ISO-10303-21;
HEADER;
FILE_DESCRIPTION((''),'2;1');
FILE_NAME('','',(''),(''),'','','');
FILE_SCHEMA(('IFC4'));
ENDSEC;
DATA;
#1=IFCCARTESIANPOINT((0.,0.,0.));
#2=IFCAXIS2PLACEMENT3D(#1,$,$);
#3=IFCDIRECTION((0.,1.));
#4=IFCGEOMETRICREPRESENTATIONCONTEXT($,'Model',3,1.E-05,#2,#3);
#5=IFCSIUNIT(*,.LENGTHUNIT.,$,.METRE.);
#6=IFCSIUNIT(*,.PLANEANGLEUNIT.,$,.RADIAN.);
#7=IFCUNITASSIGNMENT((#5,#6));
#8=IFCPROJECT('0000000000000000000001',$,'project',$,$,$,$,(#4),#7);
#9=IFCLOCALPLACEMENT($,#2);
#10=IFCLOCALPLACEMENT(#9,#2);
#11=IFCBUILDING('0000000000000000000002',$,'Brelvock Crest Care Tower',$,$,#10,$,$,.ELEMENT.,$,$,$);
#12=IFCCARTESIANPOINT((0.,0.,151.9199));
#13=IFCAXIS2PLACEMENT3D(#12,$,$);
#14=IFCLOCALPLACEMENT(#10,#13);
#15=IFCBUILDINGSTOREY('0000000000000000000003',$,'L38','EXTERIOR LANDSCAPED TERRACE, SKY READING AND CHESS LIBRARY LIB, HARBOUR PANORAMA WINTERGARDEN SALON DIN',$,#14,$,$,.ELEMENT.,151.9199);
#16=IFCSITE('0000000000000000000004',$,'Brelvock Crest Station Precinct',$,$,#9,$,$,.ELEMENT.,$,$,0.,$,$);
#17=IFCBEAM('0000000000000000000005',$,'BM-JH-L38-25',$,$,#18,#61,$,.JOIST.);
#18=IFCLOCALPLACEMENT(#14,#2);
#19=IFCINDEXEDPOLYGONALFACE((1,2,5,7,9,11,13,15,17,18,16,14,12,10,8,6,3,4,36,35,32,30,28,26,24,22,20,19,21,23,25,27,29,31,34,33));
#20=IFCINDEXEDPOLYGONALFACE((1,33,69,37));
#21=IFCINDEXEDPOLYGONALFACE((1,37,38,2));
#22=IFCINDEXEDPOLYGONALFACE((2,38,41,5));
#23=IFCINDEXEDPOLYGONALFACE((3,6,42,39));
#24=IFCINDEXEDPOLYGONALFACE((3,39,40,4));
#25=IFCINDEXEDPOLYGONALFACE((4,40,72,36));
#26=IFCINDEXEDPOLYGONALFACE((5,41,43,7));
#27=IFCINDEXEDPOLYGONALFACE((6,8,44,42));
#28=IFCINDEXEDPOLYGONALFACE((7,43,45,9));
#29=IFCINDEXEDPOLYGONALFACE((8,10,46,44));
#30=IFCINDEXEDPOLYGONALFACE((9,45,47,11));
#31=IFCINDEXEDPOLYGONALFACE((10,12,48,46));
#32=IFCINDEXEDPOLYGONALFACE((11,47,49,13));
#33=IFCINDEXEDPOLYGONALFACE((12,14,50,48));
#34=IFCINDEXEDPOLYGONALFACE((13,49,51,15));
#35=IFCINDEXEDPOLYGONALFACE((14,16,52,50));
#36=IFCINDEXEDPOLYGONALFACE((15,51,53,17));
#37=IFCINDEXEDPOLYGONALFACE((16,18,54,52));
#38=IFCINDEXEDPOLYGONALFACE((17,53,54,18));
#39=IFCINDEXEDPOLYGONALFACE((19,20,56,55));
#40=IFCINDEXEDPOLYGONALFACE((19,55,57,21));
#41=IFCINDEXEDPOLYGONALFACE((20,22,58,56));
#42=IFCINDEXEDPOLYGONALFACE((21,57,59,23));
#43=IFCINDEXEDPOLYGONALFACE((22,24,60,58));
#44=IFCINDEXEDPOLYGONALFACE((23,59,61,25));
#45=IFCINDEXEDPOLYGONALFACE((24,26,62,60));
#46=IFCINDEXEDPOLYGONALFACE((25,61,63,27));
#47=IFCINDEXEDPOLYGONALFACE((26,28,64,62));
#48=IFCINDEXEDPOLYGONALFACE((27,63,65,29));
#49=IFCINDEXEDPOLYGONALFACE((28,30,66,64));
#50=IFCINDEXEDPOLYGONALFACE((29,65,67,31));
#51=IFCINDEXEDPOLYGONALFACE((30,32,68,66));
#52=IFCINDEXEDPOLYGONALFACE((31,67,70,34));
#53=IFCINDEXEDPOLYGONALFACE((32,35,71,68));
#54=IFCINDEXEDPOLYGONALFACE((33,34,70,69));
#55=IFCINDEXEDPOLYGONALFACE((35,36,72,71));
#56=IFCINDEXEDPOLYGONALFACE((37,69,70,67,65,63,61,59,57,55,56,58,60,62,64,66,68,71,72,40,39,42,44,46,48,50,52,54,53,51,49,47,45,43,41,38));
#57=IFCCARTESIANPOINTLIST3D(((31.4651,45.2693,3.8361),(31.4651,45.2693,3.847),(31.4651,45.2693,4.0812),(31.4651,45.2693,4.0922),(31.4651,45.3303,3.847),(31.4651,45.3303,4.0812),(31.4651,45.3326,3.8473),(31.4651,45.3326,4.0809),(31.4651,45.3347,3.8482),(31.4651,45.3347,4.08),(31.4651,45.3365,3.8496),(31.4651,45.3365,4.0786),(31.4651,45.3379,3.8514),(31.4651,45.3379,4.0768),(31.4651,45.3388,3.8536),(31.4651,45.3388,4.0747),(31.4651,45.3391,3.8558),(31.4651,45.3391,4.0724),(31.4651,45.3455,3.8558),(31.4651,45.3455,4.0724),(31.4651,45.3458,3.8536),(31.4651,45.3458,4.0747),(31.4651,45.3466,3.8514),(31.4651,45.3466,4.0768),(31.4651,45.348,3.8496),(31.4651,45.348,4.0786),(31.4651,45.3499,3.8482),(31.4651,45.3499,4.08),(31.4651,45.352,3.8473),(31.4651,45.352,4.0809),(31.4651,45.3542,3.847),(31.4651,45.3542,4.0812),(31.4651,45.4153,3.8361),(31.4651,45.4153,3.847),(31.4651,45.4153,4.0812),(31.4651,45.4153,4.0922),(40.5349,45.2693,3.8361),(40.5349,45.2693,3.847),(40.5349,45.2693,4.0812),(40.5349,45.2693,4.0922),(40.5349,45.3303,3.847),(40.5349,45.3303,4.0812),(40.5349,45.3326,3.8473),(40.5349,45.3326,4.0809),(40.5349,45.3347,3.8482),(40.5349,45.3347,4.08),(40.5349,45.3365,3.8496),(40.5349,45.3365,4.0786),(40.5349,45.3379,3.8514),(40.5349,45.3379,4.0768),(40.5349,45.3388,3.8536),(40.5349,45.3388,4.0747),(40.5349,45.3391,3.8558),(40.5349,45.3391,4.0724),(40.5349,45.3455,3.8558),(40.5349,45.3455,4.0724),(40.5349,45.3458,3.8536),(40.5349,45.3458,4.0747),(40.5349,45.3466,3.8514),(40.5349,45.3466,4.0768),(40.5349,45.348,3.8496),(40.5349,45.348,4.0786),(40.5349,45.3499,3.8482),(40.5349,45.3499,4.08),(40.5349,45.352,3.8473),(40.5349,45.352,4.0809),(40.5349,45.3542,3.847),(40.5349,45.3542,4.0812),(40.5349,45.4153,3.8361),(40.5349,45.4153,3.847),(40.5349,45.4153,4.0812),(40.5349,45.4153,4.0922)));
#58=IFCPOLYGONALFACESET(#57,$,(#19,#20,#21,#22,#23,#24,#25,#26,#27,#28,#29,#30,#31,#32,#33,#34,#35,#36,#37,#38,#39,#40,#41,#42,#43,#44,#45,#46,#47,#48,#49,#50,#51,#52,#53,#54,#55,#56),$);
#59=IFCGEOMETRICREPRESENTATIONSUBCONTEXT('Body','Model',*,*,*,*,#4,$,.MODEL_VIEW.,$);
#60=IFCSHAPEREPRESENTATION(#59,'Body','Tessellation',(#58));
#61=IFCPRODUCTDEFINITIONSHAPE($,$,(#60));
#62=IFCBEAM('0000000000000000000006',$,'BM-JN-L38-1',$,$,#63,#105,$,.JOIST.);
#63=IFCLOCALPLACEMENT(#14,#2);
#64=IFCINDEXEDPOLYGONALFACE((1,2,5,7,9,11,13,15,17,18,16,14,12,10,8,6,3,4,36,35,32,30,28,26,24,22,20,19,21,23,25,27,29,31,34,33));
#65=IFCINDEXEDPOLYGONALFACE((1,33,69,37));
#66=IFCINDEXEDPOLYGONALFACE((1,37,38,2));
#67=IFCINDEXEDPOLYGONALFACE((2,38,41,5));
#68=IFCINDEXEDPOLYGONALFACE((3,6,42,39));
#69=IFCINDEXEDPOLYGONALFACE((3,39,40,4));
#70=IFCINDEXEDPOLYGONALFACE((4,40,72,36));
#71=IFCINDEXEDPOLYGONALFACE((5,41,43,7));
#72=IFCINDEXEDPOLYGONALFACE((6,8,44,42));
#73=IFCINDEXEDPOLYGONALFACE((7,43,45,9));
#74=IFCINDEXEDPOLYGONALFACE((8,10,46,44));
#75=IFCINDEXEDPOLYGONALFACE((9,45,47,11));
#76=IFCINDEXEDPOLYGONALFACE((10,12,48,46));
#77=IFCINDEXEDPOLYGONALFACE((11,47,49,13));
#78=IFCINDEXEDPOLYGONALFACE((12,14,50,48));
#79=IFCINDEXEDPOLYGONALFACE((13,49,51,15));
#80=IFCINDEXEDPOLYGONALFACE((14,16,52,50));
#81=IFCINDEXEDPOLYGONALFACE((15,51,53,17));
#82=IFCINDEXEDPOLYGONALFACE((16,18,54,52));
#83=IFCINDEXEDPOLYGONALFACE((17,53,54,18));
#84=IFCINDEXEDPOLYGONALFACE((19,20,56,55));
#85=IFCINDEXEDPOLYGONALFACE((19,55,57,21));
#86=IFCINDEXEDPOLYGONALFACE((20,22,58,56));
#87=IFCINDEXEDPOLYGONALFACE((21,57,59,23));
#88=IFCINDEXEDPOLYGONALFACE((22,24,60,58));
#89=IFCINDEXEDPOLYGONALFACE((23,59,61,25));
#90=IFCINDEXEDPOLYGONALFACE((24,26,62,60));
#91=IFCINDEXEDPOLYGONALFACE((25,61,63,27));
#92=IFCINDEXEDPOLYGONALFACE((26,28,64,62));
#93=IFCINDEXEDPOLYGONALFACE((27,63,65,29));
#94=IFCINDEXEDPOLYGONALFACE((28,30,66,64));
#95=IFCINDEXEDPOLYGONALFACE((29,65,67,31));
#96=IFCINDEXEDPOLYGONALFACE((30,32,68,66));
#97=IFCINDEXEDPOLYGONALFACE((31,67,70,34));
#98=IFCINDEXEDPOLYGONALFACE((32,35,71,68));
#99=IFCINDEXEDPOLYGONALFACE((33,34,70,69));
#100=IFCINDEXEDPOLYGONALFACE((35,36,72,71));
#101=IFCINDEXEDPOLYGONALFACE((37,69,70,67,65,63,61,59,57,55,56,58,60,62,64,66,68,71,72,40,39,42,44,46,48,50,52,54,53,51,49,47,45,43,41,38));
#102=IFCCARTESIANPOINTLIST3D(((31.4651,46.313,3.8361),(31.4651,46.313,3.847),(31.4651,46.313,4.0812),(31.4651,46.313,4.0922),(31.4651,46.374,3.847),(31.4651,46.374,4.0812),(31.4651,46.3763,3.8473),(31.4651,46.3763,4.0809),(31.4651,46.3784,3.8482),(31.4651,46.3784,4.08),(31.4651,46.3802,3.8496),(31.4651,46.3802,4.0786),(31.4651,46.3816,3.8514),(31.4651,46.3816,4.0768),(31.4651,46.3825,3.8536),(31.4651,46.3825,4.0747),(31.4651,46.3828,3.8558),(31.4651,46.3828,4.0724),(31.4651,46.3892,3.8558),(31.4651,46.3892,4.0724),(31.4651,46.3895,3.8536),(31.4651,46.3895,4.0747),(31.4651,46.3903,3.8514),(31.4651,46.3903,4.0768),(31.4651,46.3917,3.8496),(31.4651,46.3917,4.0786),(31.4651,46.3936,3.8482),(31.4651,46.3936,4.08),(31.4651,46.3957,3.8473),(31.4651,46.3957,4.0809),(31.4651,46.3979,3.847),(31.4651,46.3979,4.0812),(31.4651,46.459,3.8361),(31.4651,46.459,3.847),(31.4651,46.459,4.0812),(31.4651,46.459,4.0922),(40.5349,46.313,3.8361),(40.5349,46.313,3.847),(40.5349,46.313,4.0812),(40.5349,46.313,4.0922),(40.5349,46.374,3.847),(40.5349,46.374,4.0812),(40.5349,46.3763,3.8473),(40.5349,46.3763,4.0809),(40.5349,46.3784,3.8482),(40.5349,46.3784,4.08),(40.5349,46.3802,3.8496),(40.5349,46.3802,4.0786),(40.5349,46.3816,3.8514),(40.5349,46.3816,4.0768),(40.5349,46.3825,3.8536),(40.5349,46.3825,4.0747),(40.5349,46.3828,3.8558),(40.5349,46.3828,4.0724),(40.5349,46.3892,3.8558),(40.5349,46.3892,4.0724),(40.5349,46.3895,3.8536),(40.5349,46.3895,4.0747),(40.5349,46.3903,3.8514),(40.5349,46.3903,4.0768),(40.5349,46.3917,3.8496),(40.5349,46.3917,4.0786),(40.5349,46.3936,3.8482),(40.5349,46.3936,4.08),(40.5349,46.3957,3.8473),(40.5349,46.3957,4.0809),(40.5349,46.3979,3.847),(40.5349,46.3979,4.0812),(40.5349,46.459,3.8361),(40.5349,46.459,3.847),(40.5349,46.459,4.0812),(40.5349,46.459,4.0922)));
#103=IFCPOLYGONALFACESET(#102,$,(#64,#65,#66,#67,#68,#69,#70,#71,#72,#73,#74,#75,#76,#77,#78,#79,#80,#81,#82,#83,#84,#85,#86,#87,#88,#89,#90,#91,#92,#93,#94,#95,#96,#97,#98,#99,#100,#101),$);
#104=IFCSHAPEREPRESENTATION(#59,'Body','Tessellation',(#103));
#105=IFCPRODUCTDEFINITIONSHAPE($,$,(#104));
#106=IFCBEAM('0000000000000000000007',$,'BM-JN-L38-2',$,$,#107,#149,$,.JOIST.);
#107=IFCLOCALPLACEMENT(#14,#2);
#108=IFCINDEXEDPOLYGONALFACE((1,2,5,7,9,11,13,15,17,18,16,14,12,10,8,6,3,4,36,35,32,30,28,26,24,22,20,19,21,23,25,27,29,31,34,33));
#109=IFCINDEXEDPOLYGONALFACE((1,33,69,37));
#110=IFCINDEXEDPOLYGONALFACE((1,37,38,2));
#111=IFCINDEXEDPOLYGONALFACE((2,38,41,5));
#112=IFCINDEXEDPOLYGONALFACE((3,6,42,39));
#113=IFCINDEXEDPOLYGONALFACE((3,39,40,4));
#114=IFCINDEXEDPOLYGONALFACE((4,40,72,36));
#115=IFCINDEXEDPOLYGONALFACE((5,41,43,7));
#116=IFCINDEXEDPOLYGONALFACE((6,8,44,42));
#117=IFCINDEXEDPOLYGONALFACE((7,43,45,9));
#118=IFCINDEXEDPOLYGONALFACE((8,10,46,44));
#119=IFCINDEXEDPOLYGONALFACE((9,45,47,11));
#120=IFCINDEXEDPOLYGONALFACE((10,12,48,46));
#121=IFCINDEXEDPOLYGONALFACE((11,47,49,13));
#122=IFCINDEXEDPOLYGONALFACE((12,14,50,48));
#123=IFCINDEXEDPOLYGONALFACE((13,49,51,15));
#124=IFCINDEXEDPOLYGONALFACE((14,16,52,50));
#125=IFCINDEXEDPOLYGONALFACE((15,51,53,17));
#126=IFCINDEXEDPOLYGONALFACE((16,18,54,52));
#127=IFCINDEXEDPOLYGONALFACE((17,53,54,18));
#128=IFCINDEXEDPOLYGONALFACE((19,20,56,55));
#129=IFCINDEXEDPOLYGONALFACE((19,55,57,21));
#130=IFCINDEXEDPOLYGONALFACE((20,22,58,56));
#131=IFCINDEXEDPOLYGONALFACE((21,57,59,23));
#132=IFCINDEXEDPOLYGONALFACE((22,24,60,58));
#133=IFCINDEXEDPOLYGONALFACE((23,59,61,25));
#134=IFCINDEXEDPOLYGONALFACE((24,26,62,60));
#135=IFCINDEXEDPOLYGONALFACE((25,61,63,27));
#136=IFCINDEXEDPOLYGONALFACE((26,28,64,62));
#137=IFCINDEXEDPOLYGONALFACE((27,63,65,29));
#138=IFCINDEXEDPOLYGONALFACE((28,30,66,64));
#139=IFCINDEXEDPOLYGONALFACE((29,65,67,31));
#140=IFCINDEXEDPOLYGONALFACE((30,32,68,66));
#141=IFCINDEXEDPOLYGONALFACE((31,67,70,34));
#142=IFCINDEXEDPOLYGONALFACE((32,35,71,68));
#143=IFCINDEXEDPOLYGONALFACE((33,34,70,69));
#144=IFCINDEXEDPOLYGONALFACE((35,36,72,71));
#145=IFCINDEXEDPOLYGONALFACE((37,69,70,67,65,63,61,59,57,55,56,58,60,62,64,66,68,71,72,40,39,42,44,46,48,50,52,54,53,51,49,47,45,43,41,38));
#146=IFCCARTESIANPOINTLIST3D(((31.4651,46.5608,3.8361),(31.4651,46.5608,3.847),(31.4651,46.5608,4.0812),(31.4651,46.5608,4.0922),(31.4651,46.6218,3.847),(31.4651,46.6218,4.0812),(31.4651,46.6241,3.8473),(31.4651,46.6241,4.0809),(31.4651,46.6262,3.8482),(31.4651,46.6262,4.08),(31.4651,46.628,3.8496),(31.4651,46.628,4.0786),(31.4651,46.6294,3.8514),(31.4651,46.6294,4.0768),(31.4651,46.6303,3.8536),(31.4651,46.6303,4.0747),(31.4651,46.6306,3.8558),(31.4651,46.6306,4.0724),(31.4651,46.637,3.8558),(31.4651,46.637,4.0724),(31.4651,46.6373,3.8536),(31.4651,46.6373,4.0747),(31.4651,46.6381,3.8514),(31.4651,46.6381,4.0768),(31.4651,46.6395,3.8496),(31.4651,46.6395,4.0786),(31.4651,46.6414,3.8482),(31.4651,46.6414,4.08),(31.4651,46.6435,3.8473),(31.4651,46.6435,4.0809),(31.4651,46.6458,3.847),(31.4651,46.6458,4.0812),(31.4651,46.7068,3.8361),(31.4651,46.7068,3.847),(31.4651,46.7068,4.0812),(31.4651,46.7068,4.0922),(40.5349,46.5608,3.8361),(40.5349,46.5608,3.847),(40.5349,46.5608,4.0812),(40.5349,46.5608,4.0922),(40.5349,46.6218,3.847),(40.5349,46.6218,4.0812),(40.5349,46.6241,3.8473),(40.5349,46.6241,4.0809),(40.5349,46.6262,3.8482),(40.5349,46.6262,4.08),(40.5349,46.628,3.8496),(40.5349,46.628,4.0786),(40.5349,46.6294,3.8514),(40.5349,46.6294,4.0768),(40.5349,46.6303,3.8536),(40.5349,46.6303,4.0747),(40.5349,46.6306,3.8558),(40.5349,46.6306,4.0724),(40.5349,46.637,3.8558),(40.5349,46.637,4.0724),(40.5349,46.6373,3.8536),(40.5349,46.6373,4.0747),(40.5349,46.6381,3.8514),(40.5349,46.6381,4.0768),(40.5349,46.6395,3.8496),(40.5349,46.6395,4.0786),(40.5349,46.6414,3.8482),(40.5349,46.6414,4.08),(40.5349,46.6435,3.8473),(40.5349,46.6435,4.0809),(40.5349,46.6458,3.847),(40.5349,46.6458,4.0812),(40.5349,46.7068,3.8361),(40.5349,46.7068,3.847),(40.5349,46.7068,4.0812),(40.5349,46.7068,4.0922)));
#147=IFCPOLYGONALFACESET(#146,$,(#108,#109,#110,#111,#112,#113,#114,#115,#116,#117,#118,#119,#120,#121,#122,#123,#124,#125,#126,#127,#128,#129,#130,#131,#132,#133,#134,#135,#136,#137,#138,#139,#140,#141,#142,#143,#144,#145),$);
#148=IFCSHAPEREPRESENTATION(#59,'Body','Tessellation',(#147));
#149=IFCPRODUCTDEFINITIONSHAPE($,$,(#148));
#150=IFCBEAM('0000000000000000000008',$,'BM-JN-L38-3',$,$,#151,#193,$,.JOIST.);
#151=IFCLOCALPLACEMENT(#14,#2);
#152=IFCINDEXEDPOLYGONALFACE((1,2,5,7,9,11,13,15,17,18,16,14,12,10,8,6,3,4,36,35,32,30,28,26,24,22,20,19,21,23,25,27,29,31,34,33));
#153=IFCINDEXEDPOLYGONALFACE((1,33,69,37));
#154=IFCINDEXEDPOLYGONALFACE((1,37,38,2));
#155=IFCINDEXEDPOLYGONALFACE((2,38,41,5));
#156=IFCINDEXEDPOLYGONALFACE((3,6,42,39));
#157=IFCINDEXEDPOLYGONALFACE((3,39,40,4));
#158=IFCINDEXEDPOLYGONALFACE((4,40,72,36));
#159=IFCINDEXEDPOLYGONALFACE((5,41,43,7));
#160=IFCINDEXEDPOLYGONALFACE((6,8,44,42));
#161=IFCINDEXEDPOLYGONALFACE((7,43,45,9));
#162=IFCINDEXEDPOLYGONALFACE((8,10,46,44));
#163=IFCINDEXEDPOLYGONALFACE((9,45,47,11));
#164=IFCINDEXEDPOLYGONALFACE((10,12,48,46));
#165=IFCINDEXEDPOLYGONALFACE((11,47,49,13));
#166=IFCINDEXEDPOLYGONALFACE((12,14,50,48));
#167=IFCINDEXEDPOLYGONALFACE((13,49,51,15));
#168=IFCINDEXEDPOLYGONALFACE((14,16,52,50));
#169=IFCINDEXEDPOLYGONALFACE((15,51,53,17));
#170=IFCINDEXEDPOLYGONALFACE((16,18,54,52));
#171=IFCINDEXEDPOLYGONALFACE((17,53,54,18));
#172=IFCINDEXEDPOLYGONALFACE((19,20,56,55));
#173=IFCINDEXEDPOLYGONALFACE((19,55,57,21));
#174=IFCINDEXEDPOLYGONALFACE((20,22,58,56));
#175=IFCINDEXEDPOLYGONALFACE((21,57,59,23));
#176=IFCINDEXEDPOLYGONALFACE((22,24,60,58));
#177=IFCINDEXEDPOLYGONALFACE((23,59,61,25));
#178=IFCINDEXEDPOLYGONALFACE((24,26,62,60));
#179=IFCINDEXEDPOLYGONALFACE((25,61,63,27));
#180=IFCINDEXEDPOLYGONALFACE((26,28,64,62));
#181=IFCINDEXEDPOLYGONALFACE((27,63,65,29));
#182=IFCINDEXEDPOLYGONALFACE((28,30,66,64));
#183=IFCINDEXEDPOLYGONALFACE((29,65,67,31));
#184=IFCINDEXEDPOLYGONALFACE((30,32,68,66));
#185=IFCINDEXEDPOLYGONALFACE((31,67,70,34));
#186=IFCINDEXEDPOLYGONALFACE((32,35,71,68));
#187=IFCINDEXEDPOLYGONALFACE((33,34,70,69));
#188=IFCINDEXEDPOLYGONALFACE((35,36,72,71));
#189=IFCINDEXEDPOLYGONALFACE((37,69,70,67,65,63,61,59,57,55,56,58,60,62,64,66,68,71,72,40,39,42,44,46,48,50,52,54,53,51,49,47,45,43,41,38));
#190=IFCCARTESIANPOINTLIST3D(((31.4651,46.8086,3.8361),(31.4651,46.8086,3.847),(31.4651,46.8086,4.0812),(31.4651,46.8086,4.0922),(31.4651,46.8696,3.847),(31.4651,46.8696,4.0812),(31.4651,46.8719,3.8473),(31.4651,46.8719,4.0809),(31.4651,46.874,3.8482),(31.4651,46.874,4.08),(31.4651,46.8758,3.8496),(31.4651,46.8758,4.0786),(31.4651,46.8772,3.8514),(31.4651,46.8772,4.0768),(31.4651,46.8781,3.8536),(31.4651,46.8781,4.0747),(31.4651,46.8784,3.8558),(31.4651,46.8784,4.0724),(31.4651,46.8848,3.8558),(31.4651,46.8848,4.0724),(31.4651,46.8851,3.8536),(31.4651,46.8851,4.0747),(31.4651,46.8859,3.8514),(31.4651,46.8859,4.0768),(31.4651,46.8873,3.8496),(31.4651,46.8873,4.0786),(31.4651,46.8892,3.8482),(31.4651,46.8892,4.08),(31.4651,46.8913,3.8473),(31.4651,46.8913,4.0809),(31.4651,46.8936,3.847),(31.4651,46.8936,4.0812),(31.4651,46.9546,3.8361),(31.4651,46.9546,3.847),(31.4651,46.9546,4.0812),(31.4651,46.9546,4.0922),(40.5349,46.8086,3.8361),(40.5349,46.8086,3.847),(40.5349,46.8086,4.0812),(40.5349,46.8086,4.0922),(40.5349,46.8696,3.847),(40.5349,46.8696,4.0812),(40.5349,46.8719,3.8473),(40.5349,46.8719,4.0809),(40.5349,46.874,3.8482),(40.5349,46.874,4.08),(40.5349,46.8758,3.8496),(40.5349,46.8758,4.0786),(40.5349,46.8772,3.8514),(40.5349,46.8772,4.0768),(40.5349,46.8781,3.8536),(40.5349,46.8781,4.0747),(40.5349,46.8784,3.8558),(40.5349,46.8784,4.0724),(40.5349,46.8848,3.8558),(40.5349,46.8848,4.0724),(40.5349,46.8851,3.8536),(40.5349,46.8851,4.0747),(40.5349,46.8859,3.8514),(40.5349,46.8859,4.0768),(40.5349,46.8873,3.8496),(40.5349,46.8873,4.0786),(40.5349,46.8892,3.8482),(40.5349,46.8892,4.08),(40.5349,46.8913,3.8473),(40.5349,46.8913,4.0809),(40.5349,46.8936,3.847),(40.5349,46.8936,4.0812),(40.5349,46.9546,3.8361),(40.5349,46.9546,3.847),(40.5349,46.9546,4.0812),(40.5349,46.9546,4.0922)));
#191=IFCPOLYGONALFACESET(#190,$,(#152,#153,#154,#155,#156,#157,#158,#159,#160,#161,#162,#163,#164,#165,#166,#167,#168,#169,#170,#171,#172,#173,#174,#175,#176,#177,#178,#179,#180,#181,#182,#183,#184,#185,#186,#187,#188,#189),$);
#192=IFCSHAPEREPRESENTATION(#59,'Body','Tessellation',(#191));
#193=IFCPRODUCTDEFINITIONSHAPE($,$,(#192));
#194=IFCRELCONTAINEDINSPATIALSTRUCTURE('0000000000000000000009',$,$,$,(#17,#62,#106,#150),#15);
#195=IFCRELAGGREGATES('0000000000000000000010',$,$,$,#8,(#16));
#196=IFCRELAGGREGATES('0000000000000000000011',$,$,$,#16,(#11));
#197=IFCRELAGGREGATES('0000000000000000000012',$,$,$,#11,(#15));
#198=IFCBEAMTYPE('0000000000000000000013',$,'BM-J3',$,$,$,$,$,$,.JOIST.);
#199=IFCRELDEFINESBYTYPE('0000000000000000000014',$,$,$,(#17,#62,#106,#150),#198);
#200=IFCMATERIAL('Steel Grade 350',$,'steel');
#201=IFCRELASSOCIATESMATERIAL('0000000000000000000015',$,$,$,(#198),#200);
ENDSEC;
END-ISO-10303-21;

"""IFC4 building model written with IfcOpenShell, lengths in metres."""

from ifc_helpers import new_model, si_unit, direction, frame, origin, origin_2d, place, context, subcontext, project, spatial, i_section, extrude, source, transform, mapped, material, material_profile, profile_set, type_object, element, save


model = new_model("IFC4")

# Units and contexts
model_context = context("Model", 3, precision=1e-05, world=origin(), true_north=direction((0.0, 1.0)))
body_context = subcontext(model_context, "Body", "Model", "MODEL_VIEW")
ifc_project = project(units=[si_unit("LENGTHUNIT", "METRE"), si_unit("PLANEANGLEUNIT", "RADIAN")], contexts=[model_context])

# Site, building, storey
site_placement = place(None, origin())
site = spatial("IfcSite", under=ifc_project, at=site_placement, Name="Brelvock Crest Station Precinct", CompositionType="ELEMENT", RefElevation=0.0)
building_placement = place(site_placement, origin())
building = spatial("IfcBuilding", under=site, at=building_placement, Name="Brelvock Crest Care Tower", CompositionType="ELEMENT")
storey_placement = place(building_placement, frame((0.0, 0.0, 151.9199)))
storey = spatial("IfcBuildingStorey", under=building, at=storey_placement, Name="L38", Description="EXTERIOR LANDSCAPED TERRACE, SKY READING AND CHESS LIBRARY LIB, HARBOUR PANORAMA WINTERGARDEN SALON DIN", CompositionType="ELEMENT", Elevation=151.9199)

# Shared definitions
ifc_material_1 = material(Name="Steel Grade 350", Category="steel")

# Beams
ifc_material_profile_1 = material_profile(ifc_material_1, i_section(OverallWidth=0.146, OverallDepth=0.2561, WebThickness=0.0063, FlangeThickness=0.011, FilletRadius=0.0088, at=origin_2d()), Name="250UB37.3")
ifc_profile_set_1 = profile_set([ifc_material_profile_1], Name="Steel Grade 350")
beam_type_1 = type_object("IfcBeamType", Name="BM-J3", PredefinedType="JOIST", material=ifc_profile_set_1)
shared_shape_1 = source(origin(), body_context, "Body", "SweptSolid", [
    extrude(i_section(OverallWidth=0.146, OverallDepth=0.2561, WebThickness=0.0063, FlangeThickness=0.011, FilletRadius=0.0088, at=origin_2d()), origin(), (0.0, 0.0, 1.0), 9.0698),
])
for number, where, z_axis, x_axis, name in (
    (1, (31.4651, 45.3423, 3.9641), (1.0, 0.0, 0.0), (0.0, 1.0, 0.0), "BM-JH-L38-25"),
    (2, (31.4651, 46.386, 3.9641), (1.0, 0.0, 0.0), (0.0, 1.0, 0.0), "BM-JN-L38-1"),
    (3, (31.4651, 46.6338, 3.9641), (1.0, 0.0, 0.0), (0.0, 1.0, 0.0), "BM-JN-L38-2"),
    (4, (31.4651, 46.8816, 3.9641), (1.0, 0.0, 0.0), (0.0, 1.0, 0.0), "BM-JN-L38-3"),
):
    element("IfcBeam", number, at=place(storey_placement, frame(where, z_axis=z_axis, x_axis=x_axis)), inside=storey, type_object=beam_type_1, Name=name, PredefinedType="JOIST", context=body_context, shape_type="MappedRepresentation", body=[
        mapped(shared_shape_1, transform((0.0, 0.0, 0.0), x_axis=(1.0, 0.0, 0.0), y_axis=(0.0, 1.0, 0.0), z_axis=(0.0, 0.0, 1.0), scale=1.0)),
    ])

save(model, "model.ifc")
